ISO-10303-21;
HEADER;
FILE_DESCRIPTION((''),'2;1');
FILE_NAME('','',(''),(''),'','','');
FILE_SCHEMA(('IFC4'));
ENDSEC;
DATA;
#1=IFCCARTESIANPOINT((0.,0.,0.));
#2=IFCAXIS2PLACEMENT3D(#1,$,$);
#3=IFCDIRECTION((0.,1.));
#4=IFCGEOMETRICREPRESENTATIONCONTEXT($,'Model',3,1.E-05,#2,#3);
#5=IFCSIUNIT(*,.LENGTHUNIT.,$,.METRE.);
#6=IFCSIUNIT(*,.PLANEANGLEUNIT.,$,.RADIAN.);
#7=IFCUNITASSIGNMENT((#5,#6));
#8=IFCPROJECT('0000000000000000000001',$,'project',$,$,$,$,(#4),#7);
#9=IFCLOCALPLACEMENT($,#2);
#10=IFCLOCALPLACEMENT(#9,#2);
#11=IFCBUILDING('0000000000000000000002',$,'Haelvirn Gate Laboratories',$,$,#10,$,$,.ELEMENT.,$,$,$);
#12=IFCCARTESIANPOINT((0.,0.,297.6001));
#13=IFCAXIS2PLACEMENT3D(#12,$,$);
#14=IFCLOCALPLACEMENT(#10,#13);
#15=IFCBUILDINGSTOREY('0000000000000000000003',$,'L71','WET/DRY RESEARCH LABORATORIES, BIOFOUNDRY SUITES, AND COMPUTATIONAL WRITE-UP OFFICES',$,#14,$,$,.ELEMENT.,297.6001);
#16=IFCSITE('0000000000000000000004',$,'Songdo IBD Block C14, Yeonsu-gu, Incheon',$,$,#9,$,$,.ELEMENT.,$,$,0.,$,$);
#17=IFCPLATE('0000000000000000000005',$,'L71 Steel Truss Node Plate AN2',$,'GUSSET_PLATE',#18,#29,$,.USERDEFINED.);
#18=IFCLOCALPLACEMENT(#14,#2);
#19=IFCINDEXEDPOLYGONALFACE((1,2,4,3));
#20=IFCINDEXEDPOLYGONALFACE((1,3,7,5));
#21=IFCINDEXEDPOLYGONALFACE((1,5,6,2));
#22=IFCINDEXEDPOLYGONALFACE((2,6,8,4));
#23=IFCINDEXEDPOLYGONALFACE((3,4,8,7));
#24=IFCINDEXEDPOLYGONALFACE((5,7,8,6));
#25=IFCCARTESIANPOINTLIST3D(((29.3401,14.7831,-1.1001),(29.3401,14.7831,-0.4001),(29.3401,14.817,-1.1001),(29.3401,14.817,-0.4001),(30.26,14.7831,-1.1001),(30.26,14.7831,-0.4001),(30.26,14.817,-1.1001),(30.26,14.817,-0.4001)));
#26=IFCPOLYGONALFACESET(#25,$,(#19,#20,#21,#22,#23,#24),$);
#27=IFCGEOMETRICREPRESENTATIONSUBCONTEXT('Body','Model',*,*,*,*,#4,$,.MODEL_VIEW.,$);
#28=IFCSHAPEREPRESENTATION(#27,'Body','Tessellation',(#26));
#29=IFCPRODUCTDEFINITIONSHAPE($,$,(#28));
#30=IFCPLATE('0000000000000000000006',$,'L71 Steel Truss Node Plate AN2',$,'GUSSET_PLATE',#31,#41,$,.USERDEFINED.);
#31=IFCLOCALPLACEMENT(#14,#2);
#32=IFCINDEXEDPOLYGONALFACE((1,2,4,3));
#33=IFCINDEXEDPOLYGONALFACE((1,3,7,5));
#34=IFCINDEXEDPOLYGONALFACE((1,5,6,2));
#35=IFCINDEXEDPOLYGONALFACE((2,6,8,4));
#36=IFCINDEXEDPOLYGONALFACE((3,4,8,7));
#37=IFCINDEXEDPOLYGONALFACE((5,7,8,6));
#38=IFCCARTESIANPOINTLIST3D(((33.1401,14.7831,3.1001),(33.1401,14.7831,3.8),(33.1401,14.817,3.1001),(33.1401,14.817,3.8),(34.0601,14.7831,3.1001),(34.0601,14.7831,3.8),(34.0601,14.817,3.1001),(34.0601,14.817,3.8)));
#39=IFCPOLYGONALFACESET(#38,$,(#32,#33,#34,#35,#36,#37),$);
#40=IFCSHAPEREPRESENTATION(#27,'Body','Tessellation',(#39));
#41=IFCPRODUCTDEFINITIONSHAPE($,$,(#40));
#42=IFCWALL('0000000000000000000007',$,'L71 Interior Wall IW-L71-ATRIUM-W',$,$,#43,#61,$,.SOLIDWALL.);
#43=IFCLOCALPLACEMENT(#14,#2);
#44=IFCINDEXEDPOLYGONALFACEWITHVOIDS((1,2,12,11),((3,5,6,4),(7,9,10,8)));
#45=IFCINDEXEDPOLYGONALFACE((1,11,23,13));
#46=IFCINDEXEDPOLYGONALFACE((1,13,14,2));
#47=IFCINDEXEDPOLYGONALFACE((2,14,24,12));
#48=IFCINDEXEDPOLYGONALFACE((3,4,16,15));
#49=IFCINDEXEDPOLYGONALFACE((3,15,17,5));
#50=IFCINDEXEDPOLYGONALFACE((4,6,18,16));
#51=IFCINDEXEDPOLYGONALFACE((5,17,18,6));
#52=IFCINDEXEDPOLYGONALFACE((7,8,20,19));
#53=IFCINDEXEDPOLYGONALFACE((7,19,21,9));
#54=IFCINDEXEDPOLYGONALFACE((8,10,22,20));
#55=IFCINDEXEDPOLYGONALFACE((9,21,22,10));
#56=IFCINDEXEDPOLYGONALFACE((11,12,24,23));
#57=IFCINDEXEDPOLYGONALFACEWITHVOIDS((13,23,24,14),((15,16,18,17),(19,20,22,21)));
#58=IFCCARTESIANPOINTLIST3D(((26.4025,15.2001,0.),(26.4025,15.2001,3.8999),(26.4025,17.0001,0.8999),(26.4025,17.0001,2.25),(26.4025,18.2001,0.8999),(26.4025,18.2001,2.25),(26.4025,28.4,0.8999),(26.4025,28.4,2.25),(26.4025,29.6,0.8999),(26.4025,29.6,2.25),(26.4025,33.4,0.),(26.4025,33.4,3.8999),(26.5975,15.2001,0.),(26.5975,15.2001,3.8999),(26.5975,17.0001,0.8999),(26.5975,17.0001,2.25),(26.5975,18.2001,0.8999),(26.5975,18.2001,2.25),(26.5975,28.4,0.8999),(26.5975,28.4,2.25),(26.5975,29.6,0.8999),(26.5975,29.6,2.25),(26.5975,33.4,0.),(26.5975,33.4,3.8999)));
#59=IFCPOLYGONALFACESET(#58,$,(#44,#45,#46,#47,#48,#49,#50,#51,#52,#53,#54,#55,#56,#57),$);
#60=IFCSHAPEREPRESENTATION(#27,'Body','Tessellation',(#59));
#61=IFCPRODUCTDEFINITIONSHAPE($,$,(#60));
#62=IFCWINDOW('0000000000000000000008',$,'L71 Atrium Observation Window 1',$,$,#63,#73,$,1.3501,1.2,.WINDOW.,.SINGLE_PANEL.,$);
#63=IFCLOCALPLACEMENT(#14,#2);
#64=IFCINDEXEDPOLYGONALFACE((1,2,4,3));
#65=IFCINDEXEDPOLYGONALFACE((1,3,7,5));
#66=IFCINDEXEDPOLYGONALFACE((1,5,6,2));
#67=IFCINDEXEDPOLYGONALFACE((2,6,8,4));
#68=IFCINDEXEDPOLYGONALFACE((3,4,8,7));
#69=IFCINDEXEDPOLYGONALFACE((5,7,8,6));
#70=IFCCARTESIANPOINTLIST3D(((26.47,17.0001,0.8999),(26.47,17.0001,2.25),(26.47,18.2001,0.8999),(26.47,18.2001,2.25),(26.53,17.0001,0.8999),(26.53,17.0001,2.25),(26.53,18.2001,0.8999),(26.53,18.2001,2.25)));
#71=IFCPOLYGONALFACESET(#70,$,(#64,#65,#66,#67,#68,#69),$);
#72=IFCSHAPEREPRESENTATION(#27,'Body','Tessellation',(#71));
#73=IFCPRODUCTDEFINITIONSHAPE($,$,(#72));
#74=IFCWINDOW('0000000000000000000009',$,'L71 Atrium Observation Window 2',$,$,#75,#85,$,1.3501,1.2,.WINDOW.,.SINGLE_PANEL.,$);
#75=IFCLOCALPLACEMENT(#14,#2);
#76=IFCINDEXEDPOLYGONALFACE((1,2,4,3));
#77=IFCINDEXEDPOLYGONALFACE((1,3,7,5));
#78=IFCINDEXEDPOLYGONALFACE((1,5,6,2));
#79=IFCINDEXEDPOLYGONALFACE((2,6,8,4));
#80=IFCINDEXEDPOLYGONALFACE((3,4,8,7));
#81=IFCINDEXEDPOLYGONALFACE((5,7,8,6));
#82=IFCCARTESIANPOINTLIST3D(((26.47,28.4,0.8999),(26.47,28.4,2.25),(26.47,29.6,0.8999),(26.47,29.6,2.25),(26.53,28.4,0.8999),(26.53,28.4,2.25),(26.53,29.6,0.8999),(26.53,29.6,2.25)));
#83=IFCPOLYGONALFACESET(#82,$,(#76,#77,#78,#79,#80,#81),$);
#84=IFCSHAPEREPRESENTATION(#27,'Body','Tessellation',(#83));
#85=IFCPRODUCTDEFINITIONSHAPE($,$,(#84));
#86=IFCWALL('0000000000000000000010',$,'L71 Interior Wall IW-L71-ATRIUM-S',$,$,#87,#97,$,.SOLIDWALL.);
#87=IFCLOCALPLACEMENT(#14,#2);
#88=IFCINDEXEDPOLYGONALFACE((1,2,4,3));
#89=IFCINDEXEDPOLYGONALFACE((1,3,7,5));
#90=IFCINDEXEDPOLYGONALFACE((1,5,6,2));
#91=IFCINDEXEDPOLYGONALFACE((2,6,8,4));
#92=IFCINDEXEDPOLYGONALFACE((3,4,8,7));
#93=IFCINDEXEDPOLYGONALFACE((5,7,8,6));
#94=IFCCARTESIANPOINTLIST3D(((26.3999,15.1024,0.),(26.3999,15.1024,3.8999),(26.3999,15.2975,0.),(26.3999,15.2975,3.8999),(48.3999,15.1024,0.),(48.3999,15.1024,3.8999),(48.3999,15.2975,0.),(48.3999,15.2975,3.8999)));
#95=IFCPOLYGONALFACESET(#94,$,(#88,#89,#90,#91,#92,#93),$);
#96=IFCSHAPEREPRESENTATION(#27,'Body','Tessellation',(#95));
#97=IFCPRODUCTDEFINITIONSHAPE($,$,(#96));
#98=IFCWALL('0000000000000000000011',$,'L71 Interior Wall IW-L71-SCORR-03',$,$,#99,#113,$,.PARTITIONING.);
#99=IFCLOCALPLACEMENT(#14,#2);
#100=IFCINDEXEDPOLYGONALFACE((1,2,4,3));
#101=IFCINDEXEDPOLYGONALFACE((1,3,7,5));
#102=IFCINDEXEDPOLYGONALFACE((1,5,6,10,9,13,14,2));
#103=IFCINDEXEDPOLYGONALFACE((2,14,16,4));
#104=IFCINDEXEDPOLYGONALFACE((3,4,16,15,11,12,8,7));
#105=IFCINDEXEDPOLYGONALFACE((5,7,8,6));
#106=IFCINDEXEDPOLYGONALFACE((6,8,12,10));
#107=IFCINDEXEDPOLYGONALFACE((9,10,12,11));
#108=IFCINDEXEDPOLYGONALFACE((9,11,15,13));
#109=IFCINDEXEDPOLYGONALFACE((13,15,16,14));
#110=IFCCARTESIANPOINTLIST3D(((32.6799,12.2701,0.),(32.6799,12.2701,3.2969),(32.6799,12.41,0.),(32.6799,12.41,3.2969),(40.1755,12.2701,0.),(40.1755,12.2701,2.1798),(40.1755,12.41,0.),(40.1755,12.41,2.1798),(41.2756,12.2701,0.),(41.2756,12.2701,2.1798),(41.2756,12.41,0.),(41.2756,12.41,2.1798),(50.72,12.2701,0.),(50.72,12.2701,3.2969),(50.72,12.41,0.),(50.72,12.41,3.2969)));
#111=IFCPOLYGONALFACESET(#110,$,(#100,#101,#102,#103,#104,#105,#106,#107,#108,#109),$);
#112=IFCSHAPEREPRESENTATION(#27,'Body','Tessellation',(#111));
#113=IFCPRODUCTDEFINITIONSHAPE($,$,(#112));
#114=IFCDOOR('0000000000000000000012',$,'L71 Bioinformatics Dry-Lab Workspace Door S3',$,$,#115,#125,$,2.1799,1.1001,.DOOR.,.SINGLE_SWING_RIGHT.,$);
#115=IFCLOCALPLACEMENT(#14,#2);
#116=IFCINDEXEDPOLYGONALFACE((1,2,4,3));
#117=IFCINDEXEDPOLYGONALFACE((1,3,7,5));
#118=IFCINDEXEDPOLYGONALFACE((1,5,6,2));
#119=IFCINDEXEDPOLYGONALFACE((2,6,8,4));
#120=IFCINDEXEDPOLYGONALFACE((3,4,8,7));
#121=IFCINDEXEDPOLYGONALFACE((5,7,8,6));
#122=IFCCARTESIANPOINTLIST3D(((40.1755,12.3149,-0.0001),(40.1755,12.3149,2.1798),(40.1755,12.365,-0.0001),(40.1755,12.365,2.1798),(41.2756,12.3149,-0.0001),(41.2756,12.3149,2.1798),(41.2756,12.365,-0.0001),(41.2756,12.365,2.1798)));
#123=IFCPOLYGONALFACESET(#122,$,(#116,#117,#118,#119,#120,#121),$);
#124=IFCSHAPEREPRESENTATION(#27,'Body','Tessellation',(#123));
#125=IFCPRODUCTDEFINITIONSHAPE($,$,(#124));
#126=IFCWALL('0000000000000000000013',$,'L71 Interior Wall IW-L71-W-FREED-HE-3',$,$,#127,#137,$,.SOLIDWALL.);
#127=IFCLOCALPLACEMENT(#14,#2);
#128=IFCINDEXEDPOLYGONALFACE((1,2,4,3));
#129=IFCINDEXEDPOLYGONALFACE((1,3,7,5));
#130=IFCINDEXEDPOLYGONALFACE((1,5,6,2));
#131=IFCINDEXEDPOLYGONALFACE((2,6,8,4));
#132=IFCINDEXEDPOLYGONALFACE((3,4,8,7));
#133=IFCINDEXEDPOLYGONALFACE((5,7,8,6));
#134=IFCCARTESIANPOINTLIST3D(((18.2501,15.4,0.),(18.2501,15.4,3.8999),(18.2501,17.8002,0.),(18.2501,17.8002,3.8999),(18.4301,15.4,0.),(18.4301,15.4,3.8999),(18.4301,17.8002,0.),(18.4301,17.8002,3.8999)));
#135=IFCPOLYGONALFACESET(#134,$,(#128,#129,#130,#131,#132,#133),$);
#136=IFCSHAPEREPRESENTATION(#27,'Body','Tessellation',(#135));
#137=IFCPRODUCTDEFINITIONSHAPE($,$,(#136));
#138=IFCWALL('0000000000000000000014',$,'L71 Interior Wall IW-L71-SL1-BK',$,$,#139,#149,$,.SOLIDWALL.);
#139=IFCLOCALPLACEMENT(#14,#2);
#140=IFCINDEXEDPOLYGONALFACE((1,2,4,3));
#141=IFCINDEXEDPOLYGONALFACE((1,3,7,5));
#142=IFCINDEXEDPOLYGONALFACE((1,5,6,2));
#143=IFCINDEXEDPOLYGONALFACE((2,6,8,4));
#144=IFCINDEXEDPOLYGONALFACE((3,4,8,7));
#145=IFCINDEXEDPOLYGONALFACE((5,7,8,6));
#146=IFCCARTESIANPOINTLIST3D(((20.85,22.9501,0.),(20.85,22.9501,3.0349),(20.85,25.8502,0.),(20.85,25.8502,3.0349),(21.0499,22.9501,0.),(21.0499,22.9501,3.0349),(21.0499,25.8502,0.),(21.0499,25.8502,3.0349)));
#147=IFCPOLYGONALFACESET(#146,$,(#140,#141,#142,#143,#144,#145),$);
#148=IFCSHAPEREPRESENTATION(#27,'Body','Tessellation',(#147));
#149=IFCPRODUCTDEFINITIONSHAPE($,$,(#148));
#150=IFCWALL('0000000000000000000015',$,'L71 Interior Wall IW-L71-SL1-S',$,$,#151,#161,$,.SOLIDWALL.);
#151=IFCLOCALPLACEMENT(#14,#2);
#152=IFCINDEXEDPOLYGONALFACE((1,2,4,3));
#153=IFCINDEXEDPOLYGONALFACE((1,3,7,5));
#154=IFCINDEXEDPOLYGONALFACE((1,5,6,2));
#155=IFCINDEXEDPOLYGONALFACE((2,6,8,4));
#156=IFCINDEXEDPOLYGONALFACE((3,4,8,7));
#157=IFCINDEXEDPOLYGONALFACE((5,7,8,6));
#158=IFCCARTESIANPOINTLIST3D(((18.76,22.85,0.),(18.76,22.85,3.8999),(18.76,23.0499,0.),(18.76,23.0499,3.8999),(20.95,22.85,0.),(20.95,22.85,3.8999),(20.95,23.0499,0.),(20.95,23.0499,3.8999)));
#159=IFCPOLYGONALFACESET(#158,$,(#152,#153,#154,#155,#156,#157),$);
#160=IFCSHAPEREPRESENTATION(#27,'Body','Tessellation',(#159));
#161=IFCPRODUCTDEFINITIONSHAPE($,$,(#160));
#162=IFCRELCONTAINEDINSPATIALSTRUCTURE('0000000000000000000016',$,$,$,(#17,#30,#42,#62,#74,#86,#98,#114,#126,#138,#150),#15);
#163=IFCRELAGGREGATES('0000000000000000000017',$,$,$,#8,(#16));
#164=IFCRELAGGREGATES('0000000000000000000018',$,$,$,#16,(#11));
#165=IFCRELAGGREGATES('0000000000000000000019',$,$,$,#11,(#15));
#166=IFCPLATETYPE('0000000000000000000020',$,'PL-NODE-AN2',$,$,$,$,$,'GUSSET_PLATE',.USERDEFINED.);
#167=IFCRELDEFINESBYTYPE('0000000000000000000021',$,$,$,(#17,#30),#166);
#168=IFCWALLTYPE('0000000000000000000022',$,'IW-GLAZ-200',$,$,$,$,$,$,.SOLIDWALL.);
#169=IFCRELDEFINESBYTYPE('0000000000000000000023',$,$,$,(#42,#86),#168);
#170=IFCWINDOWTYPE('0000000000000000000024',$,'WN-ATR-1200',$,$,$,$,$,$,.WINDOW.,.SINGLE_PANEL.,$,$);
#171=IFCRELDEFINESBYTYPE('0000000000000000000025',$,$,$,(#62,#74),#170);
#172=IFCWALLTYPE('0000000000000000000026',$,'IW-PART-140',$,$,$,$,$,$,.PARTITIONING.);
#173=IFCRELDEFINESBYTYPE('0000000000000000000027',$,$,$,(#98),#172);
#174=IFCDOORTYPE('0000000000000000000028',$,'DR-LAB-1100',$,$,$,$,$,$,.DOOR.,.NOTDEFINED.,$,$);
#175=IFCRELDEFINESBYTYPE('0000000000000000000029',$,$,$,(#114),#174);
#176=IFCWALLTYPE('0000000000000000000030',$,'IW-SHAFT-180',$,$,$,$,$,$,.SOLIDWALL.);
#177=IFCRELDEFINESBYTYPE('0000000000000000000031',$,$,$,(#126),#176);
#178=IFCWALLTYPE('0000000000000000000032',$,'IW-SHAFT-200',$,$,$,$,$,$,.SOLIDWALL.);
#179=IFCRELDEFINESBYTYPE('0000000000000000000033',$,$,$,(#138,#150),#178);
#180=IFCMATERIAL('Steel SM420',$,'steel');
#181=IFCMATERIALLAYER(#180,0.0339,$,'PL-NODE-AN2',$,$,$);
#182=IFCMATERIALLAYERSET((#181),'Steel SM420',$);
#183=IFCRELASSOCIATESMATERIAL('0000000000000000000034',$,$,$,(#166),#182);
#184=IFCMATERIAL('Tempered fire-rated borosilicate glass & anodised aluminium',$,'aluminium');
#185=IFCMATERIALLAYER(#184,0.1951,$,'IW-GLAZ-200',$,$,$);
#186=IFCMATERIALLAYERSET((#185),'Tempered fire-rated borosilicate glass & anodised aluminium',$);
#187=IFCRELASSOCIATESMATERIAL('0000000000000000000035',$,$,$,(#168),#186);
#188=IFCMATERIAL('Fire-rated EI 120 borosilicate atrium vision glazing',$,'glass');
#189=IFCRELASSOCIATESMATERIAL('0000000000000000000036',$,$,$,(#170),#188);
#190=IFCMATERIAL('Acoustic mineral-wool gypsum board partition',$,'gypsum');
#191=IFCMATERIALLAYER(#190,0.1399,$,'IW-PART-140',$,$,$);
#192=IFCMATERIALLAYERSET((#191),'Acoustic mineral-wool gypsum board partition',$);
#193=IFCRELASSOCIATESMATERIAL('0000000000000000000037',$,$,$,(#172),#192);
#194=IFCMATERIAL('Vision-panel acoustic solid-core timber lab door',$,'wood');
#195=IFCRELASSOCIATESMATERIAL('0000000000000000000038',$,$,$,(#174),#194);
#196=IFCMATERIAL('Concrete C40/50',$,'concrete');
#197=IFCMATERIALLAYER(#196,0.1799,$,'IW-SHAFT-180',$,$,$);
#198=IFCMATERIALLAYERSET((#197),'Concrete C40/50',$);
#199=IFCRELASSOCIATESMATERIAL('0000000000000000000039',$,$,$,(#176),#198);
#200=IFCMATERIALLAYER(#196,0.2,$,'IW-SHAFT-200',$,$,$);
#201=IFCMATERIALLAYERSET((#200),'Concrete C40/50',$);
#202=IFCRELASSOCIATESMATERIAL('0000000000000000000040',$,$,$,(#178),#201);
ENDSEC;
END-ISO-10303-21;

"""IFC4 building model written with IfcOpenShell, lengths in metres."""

from ifc_helpers import new_model, si_unit, direction, frame, frame_2d, origin, origin_2d, place, context, subcontext, project, spatial, rectangle, extrude, source, transform, mapped, material, layer, layer_set, type_object, type_shapes, element, fill, save


model = new_model("IFC4")

# Units and contexts
model_context = context("Model", 3, precision=1e-05, world=origin(), true_north=direction((0.0, 1.0)))
body_context = subcontext(model_context, "Body", "Model", "MODEL_VIEW")
ifc_project = project(units=[si_unit("LENGTHUNIT", "METRE"), si_unit("PLANEANGLEUNIT", "RADIAN")], contexts=[model_context])

# Site, building, storey
site_placement = place(None, origin())
site = spatial("IfcSite", under=ifc_project, at=site_placement, Name="Songdo IBD Block C14, Yeonsu-gu, Incheon", CompositionType="ELEMENT", RefElevation=0.0)
building_placement = place(site_placement, origin())
building = spatial("IfcBuilding", under=site, at=building_placement, Name="Haelvirn Gate Laboratories", CompositionType="ELEMENT")
storey_placement = place(building_placement, frame((0.0, 0.0, 297.6001)))
storey = spatial("IfcBuildingStorey", under=building, at=storey_placement, Name="L71", Description="WET/DRY RESEARCH LABORATORIES, BIOFOUNDRY SUITES, AND COMPUTATIONAL WRITE-UP OFFICES", CompositionType="ELEMENT", Elevation=297.6001)

# Shared definitions
ifc_material_1 = material(Name="Steel SM420", Category="steel")

# Plates
ifc_layer_1 = layer(ifc_material_1, 0.0339, Name="PL-NODE-AN2")
ifc_layer_set_1 = layer_set([ifc_layer_1], Name="Steel SM420")
plate_type = type_object("IfcPlateType", Name="PL-NODE-AN2", ElementType="GUSSET_PLATE", PredefinedType="USERDEFINED", material=ifc_layer_set_1)
shared_shape_1 = source(origin(), body_context, "Body", "SweptSolid", [
    extrude(rectangle(XDim=0.9199, YDim=0.0339, at=origin_2d()), origin(), (0.0, 0.0, 1.0), 0.7),
])
type_shapes(plate_type, [shared_shape_1])
for number, where, z_axis, x_axis, name in (
    (1, (29.8, 14.8, -1.1001), (0.0, 0.0, 1.0), (1.0, 0.0, 0.0), "L71 Steel Truss Node Plate AN2"),
    (2, (33.6001, 14.8, 3.1001), (0.0, 0.0, 1.0), (1.0, 0.0, 0.0), "L71 Steel Truss Node Plate AN2"),
):
    element("IfcPlate", number, at=place(storey_placement, frame(where, z_axis=z_axis, x_axis=x_axis)), inside=storey, type_object=plate_type, Name=name, ObjectType="GUSSET_PLATE", PredefinedType="USERDEFINED", context=body_context, shape_type="MappedRepresentation", body=[
        mapped(shared_shape_1, transform((0.0, 0.0, 0.0), scale=1.0)),
    ])

# Wall, openings, windows
ifc_material_2 = material(Name="Tempered fire-rated borosilicate glass & anodised aluminium", Category="aluminium")
ifc_layer_2 = layer(ifc_material_2, 0.1951, Name="IW-GLAZ-200")
ifc_layer_set_2 = layer_set([ifc_layer_2], Name="Tempered fire-rated borosilicate glass & anodised aluminium")
wall_type_1 = type_object("IfcWallType", Name="IW-GLAZ-200", PredefinedType="SOLIDWALL", material=ifc_layer_set_2)
wall_1_placement = place(storey_placement, frame((26.5, 15.2, 0.0), z_axis=(0.0, 0.0, 1.0), x_axis=(0.0, 1.0, 0.0)))
wall_1 = element("IfcWall", 3, at=wall_1_placement, inside=storey, type_object=wall_type_1, Name="L71 Interior Wall IW-L71-ATRIUM-W", PredefinedType="SOLIDWALL", context=body_context, shape_type="SweptSolid", body=[
    extrude(rectangle(XDim=18.2, YDim=0.1951, at=frame_2d((9.1001, 0.0))), origin(), (0.0, 0.0, 1.0), 3.8999),
])
opening_1_placement = place(wall_1_placement, frame((1.8, 0.0, 0.8999)))
opening_1 = element("IfcOpeningElement", 4, at=opening_1_placement, cuts=wall_1, PredefinedType="OPENING", context=body_context, shape_type="SweptSolid", body=[
    extrude(rectangle(XDim=1.2, YDim=1.3501, at=frame_2d((0.6001, 0.675))), frame((0.0, 0.1074, 0.0), z_axis=(0.0, -1.0, 0.0), x_axis=(1.0, 0.0, 0.0)), (0.0, 0.0, 1.0), 0.2151),
])
opening_2_placement = place(wall_1_placement, frame((13.2, 0.0, 0.8999)))
opening_2 = element("IfcOpeningElement", 5, at=opening_2_placement, cuts=wall_1, PredefinedType="OPENING", context=body_context, shape_type="SweptSolid", body=[
    extrude(rectangle(XDim=1.2, YDim=1.3501, at=frame_2d((0.6001, 0.675))), frame((0.0, 0.1074, 0.0), z_axis=(0.0, -1.0, 0.0), x_axis=(1.0, 0.0, 0.0)), (0.0, 0.0, 1.0), 0.2151),
])
ifc_material_3 = material(Name="Fire-rated EI 120 borosilicate atrium vision glazing", Category="glass")
window_type = type_object("IfcWindowType", Name="WN-ATR-1200", PartitioningType="SINGLE_PANEL", PredefinedType="WINDOW", material=ifc_material_3)
shared_shape_2 = source(origin(), body_context, "Body", "SweptSolid", [
    extrude(rectangle(XDim=1.2, YDim=1.3501, at=frame_2d((0.6001, 0.675))), frame((0.0, 0.03, 0.0), z_axis=(0.0, -1.0, 0.0), x_axis=(1.0, 0.0, 0.0)), (0.0, 0.0, 1.0), 0.0601),
])
type_shapes(window_type, [shared_shape_2])
window_1_placement = place(opening_1_placement, origin())
window_1 = element("IfcWindow", 6, at=window_1_placement, inside=storey, type_object=window_type, Name="L71 Atrium Observation Window 1", OverallHeight=1.3501, OverallWidth=1.2, PartitioningType="SINGLE_PANEL", PredefinedType="WINDOW", context=body_context, shape_type="MappedRepresentation", body=[
    mapped(shared_shape_2, transform((0.0, 0.0, 0.0), scale=1.0)),
])
fill(opening_1, window_1)
window_2_placement = place(opening_2_placement, origin())
window_2 = element("IfcWindow", 7, at=window_2_placement, inside=storey, type_object=window_type, Name="L71 Atrium Observation Window 2", OverallHeight=1.3501, OverallWidth=1.2, PartitioningType="SINGLE_PANEL", PredefinedType="WINDOW", context=body_context, shape_type="MappedRepresentation", body=[
    mapped(shared_shape_2, transform((0.0, 0.0, 0.0), scale=1.0)),
])
fill(opening_2, window_2)

# Wall
wall_2_placement = place(storey_placement, frame((26.3999, 15.2, 0.0), z_axis=(0.0, 0.0, 1.0), x_axis=(1.0, 0.0, 0.0)))
element("IfcWall", 8, at=wall_2_placement, inside=storey, type_object=wall_type_1, Name="L71 Interior Wall IW-L71-ATRIUM-S", PredefinedType="SOLIDWALL", context=body_context, shape_type="SweptSolid", body=[
    extrude(rectangle(XDim=22.0, YDim=0.1951, at=frame_2d((11.0, 0.0))), origin(), (0.0, 0.0, 1.0), 3.8999),
])

# Wall, opening, door
ifc_material_4 = material(Name="Acoustic mineral-wool gypsum board partition", Category="gypsum")
ifc_layer_3 = layer(ifc_material_4, 0.1399, Name="IW-PART-140")
ifc_layer_set_3 = layer_set([ifc_layer_3], Name="Acoustic mineral-wool gypsum board partition")
wall_type_2 = type_object("IfcWallType", Name="IW-PART-140", PredefinedType="PARTITIONING", material=ifc_layer_set_3)
wall_3_placement = place(storey_placement, frame((32.6799, 12.3401, 0.0), z_axis=(0.0, 0.0, 1.0), x_axis=(1.0, 0.0, 0.0)))
wall_3 = element("IfcWall", 9, at=wall_3_placement, inside=storey, type_object=wall_type_2, Name="L71 Interior Wall IW-L71-SCORR-03", PredefinedType="PARTITIONING", context=body_context, shape_type="SweptSolid", body=[
    extrude(rectangle(XDim=18.04, YDim=0.1399, at=frame_2d((9.02, 0.0))), origin(), (0.0, 0.0, 1.0), 3.2969),
])
opening_3_placement = place(wall_3_placement, frame((7.4956, 0.0, 0.0)))
opening_3 = element("IfcOpeningElement", 10, at=opening_3_placement, cuts=wall_3, PredefinedType="OPENING", context=body_context, shape_type="SweptSolid", body=[
    extrude(rectangle(XDim=1.1001, YDim=2.1799, at=frame_2d((0.55, 1.0898))), frame((0.0, 0.0801, 0.0), z_axis=(0.0, -1.0, 0.0), x_axis=(1.0, 0.0, 0.0)), (0.0, 0.0, 1.0), 0.1599),
])
ifc_material_5 = material(Name="Vision-panel acoustic solid-core timber lab door", Category="wood")
door_type_1 = type_object("IfcDoorType", Name="DR-LAB-1100", OperationType="NOTDEFINED", PredefinedType="DOOR", material=ifc_material_5)
shared_shape_3 = source(origin(), body_context, "Body", "SweptSolid", [
    extrude(rectangle(XDim=1.1001, YDim=2.1799, at=frame_2d((0.55, 1.0898))), frame((0.0, 0.0249, 0.0), z_axis=(0.0, -1.0, 0.0), x_axis=(1.0, 0.0, 0.0)), (0.0, 0.0, 1.0), 0.05),
])
type_shapes(door_type_1, [shared_shape_3])
door_1_placement = place(opening_3_placement, origin())
door_1 = element("IfcDoor", 11, at=door_1_placement, inside=storey, type_object=door_type_1, Name="L71 Bioinformatics Dry-Lab Workspace Door S3", OperationType="SINGLE_SWING_RIGHT", OverallHeight=2.1799, OverallWidth=1.1001, PredefinedType="DOOR", context=body_context, shape_type="MappedRepresentation", body=[
    mapped(shared_shape_3, transform((0.0, 0.0, 0.0), scale=1.0)),
])
fill(opening_3, door_1)
ifc_material_6 = material(Name="Concrete C40/50", Category="concrete")
ifc_layer_4 = layer(ifc_material_6, 0.1799, Name="IW-SHAFT-180")
ifc_layer_set_4 = layer_set([ifc_layer_4], Name="Concrete C40/50")
wall_type_3 = type_object("IfcWallType", Name="IW-SHAFT-180", PredefinedType="SOLIDWALL", material=ifc_layer_set_4)

# Walls
wall_4_placement = place(storey_placement, frame((18.3401, 15.3999, 0.0), z_axis=(0.0, 0.0, 1.0), x_axis=(0.0, 1.0, 0.0)))
element("IfcWall", 12, at=wall_4_placement, inside=storey, type_object=wall_type_3, Name="L71 Interior Wall IW-L71-W-FREED-HE-3", PredefinedType="SOLIDWALL", context=body_context, shape_type="SweptSolid", body=[
    extrude(rectangle(XDim=2.4001, YDim=0.1799, at=frame_2d((1.2002, 0.0))), origin(), (0.0, 0.0, 1.0), 3.8999),
])
ifc_layer_5 = layer(ifc_material_6, 0.2, Name="IW-SHAFT-200")
ifc_layer_set_5 = layer_set([ifc_layer_5], Name="Concrete C40/50")
wall_type_4 = type_object("IfcWallType", Name="IW-SHAFT-200", PredefinedType="SOLIDWALL", material=ifc_layer_set_5)
wall_5_placement = place(storey_placement, frame((20.95, 22.95, 0.0), z_axis=(0.0, 0.0, 1.0), x_axis=(0.0, 1.0, 0.0)))
element("IfcWall", 13, at=wall_5_placement, inside=storey, type_object=wall_type_4, Name="L71 Interior Wall IW-L71-SL1-BK", PredefinedType="SOLIDWALL", context=body_context, shape_type="SweptSolid", body=[
    extrude(rectangle(XDim=2.9001, YDim=0.2, at=frame_2d((1.4502, 0.0))), origin(), (0.0, 0.0, 1.0), 3.0349),
])
wall_6_placement = place(storey_placement, frame((18.76, 22.95, 0.0), z_axis=(0.0, 0.0, 1.0), x_axis=(1.0, 0.0, 0.0)))
element("IfcWall", 14, at=wall_6_placement, inside=storey, type_object=wall_type_4, Name="L71 Interior Wall IW-L71-SL1-S", PredefinedType="SOLIDWALL", context=body_context, shape_type="SweptSolid", body=[
    extrude(rectangle(XDim=2.1899, YDim=0.2, at=frame_2d((1.095, 0.0))), origin(), (0.0, 0.0, 1.0), 3.8999),
])

save(model, "model.ifc")
